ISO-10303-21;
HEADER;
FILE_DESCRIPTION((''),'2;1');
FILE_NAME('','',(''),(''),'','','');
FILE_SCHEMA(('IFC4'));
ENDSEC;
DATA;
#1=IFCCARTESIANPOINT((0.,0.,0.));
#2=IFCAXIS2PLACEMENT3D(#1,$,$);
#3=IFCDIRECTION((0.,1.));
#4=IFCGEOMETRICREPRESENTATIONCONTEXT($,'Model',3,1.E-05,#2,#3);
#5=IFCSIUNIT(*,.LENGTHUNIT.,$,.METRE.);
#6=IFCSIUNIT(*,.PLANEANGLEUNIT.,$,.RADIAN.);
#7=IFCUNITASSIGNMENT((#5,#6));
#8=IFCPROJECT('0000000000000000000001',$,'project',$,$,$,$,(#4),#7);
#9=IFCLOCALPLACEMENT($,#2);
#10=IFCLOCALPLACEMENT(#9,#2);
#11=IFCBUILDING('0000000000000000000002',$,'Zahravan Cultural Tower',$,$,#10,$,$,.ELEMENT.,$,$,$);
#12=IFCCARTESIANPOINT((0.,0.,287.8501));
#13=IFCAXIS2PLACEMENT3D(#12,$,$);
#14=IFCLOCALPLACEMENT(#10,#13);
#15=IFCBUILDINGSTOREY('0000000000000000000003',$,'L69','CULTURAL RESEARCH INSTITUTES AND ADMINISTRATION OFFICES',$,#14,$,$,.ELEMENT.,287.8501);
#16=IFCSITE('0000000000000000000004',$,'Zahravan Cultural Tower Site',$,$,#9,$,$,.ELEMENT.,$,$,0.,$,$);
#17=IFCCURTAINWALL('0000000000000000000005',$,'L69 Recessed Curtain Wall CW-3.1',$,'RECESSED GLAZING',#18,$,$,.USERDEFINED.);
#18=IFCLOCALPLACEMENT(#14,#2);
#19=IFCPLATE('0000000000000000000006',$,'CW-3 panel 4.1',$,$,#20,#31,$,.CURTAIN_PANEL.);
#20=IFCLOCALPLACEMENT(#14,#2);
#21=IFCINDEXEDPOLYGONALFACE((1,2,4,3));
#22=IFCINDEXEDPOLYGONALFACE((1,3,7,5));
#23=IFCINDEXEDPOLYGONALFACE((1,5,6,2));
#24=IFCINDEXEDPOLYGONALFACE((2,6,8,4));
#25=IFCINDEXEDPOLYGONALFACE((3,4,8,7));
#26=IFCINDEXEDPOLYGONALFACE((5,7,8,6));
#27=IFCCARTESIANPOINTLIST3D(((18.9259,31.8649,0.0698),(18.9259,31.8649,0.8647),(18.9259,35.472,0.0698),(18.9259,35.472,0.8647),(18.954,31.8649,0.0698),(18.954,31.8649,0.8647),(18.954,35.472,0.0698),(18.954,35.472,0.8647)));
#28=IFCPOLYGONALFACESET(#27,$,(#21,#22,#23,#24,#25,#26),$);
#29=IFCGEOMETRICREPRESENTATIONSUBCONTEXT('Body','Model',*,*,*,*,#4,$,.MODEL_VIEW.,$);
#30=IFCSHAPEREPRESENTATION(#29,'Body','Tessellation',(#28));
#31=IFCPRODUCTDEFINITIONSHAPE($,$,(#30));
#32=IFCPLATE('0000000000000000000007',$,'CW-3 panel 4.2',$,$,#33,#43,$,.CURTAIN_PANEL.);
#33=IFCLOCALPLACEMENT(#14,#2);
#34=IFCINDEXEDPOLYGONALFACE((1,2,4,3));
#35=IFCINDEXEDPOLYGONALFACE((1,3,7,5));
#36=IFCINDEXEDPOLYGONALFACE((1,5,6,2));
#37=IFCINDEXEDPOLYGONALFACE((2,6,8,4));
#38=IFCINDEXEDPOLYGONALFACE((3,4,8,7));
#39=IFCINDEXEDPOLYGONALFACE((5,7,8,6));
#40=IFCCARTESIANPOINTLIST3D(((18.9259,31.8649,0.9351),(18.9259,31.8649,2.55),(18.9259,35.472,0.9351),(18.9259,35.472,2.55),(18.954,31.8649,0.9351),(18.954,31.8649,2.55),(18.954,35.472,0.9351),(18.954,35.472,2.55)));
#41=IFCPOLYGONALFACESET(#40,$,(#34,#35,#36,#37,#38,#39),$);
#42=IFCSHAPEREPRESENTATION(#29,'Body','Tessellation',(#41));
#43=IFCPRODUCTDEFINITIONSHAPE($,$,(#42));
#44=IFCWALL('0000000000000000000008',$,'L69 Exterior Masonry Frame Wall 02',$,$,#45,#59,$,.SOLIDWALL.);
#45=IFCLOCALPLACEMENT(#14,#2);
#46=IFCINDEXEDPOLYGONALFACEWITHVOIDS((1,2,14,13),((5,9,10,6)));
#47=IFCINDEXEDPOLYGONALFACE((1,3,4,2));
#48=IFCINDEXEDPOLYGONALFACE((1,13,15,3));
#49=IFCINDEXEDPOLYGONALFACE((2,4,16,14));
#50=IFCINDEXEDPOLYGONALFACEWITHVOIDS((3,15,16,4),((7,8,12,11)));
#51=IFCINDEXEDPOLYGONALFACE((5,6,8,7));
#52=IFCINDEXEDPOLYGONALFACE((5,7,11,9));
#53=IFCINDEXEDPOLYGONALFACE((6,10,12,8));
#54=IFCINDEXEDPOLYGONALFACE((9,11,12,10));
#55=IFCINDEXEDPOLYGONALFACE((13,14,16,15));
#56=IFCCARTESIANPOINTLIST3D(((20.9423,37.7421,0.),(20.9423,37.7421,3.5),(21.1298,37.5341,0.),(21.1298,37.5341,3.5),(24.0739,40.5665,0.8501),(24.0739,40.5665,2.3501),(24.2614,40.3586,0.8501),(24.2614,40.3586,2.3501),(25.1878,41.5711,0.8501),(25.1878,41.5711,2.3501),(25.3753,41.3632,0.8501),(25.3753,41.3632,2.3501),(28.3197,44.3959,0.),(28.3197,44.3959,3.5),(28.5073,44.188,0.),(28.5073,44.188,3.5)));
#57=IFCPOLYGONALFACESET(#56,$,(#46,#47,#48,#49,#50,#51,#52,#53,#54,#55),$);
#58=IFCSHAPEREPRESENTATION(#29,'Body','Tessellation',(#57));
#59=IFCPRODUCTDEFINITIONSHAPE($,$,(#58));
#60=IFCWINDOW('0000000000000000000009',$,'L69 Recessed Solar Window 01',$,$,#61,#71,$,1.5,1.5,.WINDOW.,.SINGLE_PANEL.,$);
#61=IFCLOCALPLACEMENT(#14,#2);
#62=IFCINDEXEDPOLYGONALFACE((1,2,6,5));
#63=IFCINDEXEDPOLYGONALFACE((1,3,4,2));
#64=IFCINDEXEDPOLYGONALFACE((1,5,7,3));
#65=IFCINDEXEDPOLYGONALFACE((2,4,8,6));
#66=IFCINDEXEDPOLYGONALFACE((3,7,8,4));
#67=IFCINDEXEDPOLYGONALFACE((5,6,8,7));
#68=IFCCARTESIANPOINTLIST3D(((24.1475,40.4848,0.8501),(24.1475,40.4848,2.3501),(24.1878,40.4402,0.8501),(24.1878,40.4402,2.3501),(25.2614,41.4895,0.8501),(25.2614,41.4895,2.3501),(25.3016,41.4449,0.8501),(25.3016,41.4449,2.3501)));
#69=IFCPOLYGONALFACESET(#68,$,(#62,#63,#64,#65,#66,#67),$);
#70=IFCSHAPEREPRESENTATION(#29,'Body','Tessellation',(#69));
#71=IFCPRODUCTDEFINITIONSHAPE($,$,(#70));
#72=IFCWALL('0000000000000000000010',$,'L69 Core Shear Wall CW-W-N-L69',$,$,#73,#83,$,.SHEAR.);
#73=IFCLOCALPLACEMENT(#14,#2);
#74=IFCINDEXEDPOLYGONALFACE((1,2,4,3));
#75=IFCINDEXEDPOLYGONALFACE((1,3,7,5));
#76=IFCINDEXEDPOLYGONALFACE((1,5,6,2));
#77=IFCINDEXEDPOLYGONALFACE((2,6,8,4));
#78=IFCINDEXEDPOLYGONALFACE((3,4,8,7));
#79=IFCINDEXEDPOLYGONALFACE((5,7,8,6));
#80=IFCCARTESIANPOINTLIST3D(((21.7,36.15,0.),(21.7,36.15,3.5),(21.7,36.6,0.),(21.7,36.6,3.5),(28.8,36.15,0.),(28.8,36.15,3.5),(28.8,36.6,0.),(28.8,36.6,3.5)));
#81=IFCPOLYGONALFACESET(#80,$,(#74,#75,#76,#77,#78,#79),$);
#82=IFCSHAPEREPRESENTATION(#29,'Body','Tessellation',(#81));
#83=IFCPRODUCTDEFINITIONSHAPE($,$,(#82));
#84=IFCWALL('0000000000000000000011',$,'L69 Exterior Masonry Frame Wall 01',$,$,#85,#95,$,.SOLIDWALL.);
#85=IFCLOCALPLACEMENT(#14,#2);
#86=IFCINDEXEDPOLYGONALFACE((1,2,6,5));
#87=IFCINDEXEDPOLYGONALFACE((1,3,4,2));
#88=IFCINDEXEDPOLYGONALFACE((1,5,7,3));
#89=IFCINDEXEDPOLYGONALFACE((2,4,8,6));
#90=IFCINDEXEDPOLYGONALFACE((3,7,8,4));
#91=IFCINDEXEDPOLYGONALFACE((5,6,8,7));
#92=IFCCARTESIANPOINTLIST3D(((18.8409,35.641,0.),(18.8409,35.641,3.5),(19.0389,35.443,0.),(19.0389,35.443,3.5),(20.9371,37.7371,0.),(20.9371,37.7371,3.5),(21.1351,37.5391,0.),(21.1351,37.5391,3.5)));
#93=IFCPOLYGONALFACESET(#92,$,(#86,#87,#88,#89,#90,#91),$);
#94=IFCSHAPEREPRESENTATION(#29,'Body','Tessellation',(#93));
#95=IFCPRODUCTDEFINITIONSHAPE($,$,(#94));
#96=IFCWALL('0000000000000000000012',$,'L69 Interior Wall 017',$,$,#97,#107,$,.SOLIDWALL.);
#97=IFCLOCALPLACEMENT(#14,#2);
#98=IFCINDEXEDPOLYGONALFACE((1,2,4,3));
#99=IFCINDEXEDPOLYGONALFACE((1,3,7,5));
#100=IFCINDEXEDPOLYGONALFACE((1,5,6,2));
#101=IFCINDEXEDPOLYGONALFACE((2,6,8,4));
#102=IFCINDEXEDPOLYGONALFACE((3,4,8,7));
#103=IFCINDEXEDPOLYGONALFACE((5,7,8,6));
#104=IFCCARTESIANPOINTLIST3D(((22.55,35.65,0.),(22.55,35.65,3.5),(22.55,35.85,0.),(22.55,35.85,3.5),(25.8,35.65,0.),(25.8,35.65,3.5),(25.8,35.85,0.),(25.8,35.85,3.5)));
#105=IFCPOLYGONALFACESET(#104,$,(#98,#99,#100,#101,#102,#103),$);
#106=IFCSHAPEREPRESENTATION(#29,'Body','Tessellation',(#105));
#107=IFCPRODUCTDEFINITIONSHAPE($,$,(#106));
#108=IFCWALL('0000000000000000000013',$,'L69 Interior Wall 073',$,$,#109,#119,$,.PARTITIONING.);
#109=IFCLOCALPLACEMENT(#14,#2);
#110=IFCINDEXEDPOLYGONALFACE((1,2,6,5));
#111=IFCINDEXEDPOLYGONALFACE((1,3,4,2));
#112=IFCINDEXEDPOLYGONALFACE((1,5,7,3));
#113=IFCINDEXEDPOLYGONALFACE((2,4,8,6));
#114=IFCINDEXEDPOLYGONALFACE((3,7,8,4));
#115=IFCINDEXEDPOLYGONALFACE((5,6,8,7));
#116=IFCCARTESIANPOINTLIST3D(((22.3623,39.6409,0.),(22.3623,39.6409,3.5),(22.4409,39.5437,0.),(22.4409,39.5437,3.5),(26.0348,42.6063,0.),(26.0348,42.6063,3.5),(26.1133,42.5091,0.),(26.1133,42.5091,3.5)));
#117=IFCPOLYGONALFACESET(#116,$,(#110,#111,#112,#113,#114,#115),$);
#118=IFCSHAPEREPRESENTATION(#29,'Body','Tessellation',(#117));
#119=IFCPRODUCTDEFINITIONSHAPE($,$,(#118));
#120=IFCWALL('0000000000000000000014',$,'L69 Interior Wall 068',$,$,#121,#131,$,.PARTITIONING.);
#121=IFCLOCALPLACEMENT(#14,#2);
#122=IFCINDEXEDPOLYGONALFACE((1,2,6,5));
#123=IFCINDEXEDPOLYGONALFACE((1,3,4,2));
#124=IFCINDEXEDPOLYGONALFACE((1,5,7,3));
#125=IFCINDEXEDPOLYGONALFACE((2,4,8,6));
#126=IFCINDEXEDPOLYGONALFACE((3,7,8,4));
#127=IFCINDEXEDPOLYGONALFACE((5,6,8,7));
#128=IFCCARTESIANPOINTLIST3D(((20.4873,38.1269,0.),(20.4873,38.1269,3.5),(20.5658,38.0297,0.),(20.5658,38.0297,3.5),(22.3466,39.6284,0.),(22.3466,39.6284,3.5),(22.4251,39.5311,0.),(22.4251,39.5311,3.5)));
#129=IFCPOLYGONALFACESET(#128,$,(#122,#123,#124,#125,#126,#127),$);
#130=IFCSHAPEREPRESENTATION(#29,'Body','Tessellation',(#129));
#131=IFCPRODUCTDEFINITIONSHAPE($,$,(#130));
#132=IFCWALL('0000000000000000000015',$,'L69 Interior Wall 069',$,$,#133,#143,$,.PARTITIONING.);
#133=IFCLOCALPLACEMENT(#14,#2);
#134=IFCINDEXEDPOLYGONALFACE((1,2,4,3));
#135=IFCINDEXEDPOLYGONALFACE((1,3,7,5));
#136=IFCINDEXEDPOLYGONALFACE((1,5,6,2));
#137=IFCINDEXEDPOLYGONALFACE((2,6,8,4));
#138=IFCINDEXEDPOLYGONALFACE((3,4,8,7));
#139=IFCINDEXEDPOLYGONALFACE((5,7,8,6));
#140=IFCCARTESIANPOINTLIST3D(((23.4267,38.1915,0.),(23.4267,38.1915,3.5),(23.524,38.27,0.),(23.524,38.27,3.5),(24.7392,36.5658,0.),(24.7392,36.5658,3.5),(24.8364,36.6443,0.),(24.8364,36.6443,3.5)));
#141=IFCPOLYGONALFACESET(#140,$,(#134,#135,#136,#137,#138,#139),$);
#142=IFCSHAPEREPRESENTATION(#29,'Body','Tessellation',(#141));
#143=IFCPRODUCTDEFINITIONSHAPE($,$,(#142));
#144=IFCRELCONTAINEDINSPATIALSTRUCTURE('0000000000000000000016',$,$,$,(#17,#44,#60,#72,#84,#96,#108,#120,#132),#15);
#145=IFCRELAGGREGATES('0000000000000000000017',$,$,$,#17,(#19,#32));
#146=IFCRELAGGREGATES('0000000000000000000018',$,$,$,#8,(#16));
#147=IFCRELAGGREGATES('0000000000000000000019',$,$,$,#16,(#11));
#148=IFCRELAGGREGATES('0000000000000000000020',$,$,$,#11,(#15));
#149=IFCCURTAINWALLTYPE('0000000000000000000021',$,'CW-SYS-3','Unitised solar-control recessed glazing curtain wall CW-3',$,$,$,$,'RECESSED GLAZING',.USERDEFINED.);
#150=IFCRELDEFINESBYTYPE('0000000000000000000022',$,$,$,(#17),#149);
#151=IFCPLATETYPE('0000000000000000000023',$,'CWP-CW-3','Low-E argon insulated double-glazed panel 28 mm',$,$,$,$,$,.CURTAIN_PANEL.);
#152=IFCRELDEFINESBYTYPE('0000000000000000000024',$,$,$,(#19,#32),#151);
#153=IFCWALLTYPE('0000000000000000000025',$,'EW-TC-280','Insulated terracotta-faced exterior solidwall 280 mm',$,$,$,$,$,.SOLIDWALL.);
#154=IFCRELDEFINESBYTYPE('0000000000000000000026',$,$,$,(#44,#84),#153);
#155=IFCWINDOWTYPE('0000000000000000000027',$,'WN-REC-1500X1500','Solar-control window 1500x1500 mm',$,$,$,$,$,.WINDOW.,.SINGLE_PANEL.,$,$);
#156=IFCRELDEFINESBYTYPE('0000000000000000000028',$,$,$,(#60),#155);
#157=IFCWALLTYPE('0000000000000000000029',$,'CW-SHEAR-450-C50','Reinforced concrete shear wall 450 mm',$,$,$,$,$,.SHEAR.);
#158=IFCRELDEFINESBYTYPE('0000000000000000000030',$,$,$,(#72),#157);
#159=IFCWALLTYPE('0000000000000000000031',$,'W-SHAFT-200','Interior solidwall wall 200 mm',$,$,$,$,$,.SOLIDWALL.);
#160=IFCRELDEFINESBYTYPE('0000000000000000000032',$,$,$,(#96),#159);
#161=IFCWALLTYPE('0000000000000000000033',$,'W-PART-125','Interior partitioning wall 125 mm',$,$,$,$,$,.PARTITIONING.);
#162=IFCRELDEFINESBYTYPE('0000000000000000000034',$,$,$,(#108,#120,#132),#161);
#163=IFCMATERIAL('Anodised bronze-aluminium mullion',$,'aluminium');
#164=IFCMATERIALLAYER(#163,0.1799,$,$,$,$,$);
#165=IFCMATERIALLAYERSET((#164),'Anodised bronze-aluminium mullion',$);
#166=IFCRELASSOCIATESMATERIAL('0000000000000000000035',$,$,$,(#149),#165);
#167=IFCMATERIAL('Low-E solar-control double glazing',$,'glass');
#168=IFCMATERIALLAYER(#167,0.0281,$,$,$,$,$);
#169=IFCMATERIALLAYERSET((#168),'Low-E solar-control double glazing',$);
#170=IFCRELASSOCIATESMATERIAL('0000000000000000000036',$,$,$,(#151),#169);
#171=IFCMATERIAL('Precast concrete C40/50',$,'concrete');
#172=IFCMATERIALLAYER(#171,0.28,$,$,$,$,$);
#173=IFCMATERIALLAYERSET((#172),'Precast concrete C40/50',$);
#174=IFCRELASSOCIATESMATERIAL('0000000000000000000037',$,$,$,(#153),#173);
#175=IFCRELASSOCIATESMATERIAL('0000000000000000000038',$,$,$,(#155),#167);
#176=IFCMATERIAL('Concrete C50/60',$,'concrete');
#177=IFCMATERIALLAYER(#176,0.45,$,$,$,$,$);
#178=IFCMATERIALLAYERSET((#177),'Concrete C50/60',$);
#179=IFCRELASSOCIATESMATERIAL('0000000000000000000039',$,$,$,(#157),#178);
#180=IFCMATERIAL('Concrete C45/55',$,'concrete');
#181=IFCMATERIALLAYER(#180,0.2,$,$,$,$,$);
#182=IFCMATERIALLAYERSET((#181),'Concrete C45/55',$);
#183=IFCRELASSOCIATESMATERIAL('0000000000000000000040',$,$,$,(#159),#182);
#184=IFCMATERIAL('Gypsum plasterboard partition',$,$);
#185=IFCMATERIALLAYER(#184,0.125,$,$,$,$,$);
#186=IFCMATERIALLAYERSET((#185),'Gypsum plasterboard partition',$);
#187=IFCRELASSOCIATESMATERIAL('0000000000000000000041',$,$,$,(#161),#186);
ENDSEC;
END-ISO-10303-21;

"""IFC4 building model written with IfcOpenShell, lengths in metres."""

from ifc_helpers import new_model, si_unit, direction, frame, frame_2d, origin, origin_2d, place, context, subcontext, project, spatial, rectangle, extrude, source, transform, mapped, material, layer, layer_set, type_object, element, fill, aggregate, save


model = new_model("IFC4")

# Units and contexts
model_context = context("Model", 3, precision=1e-05, world=origin(), true_north=direction((0.0, 1.0)))
body_context = subcontext(model_context, "Body", "Model", "MODEL_VIEW")
ifc_project = project(units=[si_unit("LENGTHUNIT", "METRE"), si_unit("PLANEANGLEUNIT", "RADIAN")], contexts=[model_context])

# Site, building, storey
site_placement = place(None, origin())
site = spatial("IfcSite", under=ifc_project, at=site_placement, Name="Zahravan Cultural Tower Site", CompositionType="ELEMENT", RefElevation=0.0)
building_placement = place(site_placement, origin())
building = spatial("IfcBuilding", under=site, at=building_placement, Name="Zahravan Cultural Tower", CompositionType="ELEMENT")
storey_placement = place(building_placement, frame((0.0, 0.0, 287.8501)))
storey = spatial("IfcBuildingStorey", under=building, at=storey_placement, Name="L69", Description="CULTURAL RESEARCH INSTITUTES AND ADMINISTRATION OFFICES", CompositionType="ELEMENT", Elevation=287.8501)

# Shared definitions
ifc_material_1 = material(Name="Concrete C50/60", Category="concrete")

# Curtain wall, plates
ifc_material_2 = material(Name="Anodised bronze-aluminium mullion", Category="aluminium")
ifc_layer_1 = layer(ifc_material_2, 0.1799)
ifc_layer_set_1 = layer_set([ifc_layer_1], Name="Anodised bronze-aluminium mullion")
curtain_wall_type = type_object("IfcCurtainWallType", Name="CW-SYS-3", Description="Unitised solar-control recessed glazing curtain wall CW-3", ElementType="RECESSED GLAZING", PredefinedType="USERDEFINED", material=ifc_layer_set_1)
curtain_wall_placement = place(storey_placement, origin())
curtain_wall = element("IfcCurtainWall", 1, at=curtain_wall_placement, inside=storey, type_object=curtain_wall_type, Name="L69 Recessed Curtain Wall CW-3.1", ObjectType="RECESSED GLAZING", PredefinedType="USERDEFINED")
ifc_material_3 = material(Name="Low-E solar-control double glazing", Category="glass")
ifc_layer_2 = layer(ifc_material_3, 0.0281)
ifc_layer_set_2 = layer_set([ifc_layer_2], Name="Low-E solar-control double glazing")
plate_type = type_object("IfcPlateType", Name="CWP-CW-3", Description="Low-E argon insulated double-glazed panel 28 mm", PredefinedType="CURTAIN_PANEL", material=ifc_layer_set_2)
shared_shape_1 = source(origin(), body_context, "Body", "SweptSolid", [
    extrude(rectangle(XDim=3.6072, YDim=0.0281, at=origin_2d()), origin(), (0.0, 0.0, 1.0), 0.7949),
])
plate_1_placement = place(storey_placement, frame((18.9399, 33.6685, 0.0698), z_axis=(0.0, 0.0, 1.0), x_axis=(0.0, 1.0, 0.0)))
plate_1 = element("IfcPlate", 2, at=plate_1_placement, type_object=plate_type, Name="CW-3 panel 4.1", PredefinedType="CURTAIN_PANEL", context=body_context, shape_type="MappedRepresentation", body=[
    mapped(shared_shape_1, transform((0.0, 0.0, 0.0), x_axis=(1.0, 0.0, 0.0), y_axis=(0.0, 1.0, 0.0), z_axis=(0.0, 0.0, 1.0), scale=1.0)),
])
shared_shape_2 = source(origin(), body_context, "Body", "SweptSolid", [
    extrude(rectangle(XDim=3.6072, YDim=0.0281, at=origin_2d()), origin(), (0.0, 0.0, 1.0), 1.615),
])
plate_2_placement = place(storey_placement, frame((18.9399, 33.6685, 0.9351), z_axis=(0.0, 0.0, 1.0), x_axis=(0.0, 1.0, 0.0)))
plate_2 = element("IfcPlate", 3, at=plate_2_placement, type_object=plate_type, Name="CW-3 panel 4.2", PredefinedType="CURTAIN_PANEL", context=body_context, shape_type="MappedRepresentation", body=[
    mapped(shared_shape_2, transform((0.0, 0.0, 0.0), x_axis=(1.0, 0.0, 0.0), y_axis=(0.0, 1.0, 0.0), z_axis=(0.0, 0.0, 1.0), scale=1.0)),
])
aggregate(curtain_wall, [plate_1, plate_2])

# Wall, opening, window
ifc_material_4 = material(Name="Precast concrete C40/50", Category="concrete")
ifc_layer_3 = layer(ifc_material_4, 0.28)
ifc_layer_set_3 = layer_set([ifc_layer_3], Name="Precast concrete C40/50")
wall_type_1 = type_object("IfcWallType", Name="EW-TC-280", Description="Insulated terracotta-faced exterior solidwall 280 mm", PredefinedType="SOLIDWALL", material=ifc_layer_set_3)
wall_1_placement = place(storey_placement, frame((21.0361, 37.6382, 0.0), z_axis=(0.0, 0.0, 1.0), x_axis=(0.742587, 0.669749, 0.0)))
wall_1 = element("IfcWall", 4, at=wall_1_placement, inside=storey, type_object=wall_type_1, Name="L69 Exterior Masonry Frame Wall 02", PredefinedType="SOLIDWALL", context=body_context, shape_type="SweptSolid", body=[
    extrude(rectangle(XDim=9.9348, YDim=0.28, at=frame_2d((4.9673, 0.0))), origin(), (0.0, 0.0, 1.0), 3.5),
])
opening_placement = place(wall_1_placement, frame((4.217, 0.0, 0.8501)))
opening = element("IfcOpeningElement", 5, at=opening_placement, cuts=wall_1, PredefinedType="OPENING", context=body_context, shape_type="SweptSolid", body=[
    extrude(rectangle(XDim=1.5, YDim=1.5, at=frame_2d((0.75, 0.75))), frame((0.0, 0.1499, 0.0), z_axis=(0.0, -1.0, 0.0), x_axis=(1.0, 0.0, 0.0)), (0.0, 0.0, 1.0), 0.3),
])
window_type = type_object("IfcWindowType", Name="WN-REC-1500X1500", Description="Solar-control window 1500x1500 mm", PartitioningType="SINGLE_PANEL", PredefinedType="WINDOW", material=ifc_material_3)
shared_shape_3 = source(origin(), body_context, "Body", "SweptSolid", [
    extrude(rectangle(XDim=1.5, YDim=1.5, at=frame_2d((0.75, 0.75))), frame((0.0, 0.03, 0.0), z_axis=(0.0, -1.0, 0.0), x_axis=(1.0, 0.0, 0.0)), (0.0, 0.0, 1.0), 0.0601),
])
window_placement = place(opening_placement, origin())
window = element("IfcWindow", 6, at=window_placement, inside=storey, type_object=window_type, Name="L69 Recessed Solar Window 01", OverallHeight=1.5, OverallWidth=1.5, PartitioningType="SINGLE_PANEL", PredefinedType="WINDOW", context=body_context, shape_type="MappedRepresentation", body=[
    mapped(shared_shape_3, transform((0.0, 0.0, 0.0), x_axis=(1.0, 0.0, 0.0), y_axis=(0.0, 1.0, 0.0), z_axis=(0.0, 0.0, 1.0), scale=1.0)),
])
fill(opening, window)

# Walls
ifc_layer_4 = layer(ifc_material_1, 0.45)
ifc_layer_set_4 = layer_set([ifc_layer_4], Name="Concrete C50/60")
wall_type_2 = type_object("IfcWallType", Name="CW-SHEAR-450-C50", Description="Reinforced concrete shear wall 450 mm", PredefinedType="SHEAR", material=ifc_layer_set_4)
shared_shape_4 = source(origin(), body_context, "Body", "SweptSolid", [
    extrude(rectangle(XDim=7.1001, YDim=0.45, at=frame_2d((3.55, 0.0))), origin(), (0.0, 0.0, 1.0), 3.5),
])
wall_2_placement = place(storey_placement, frame((21.7, 36.375, 0.0), z_axis=(0.0, 0.0, 1.0), x_axis=(1.0, 0.0, 0.0)))
element("IfcWall", 7, at=wall_2_placement, inside=storey, type_object=wall_type_2, Name="L69 Core Shear Wall CW-W-N-L69", PredefinedType="SHEAR", context=body_context, shape_type="MappedRepresentation", body=[
    mapped(shared_shape_4, transform((0.0, 0.0, 0.0), x_axis=(1.0, 0.0, 0.0), y_axis=(0.0, 1.0, 0.0), z_axis=(0.0, 0.0, 1.0), scale=1.0)),
])
shared_shape_5 = source(origin(), body_context, "Body", "SweptSolid", [
    extrude(rectangle(XDim=2.9644, YDim=0.28, at=frame_2d((1.4822, 0.0))), origin(), (0.0, 0.0, 1.0), 3.5),
])
wall_3_placement = place(storey_placement, frame((18.9399, 35.542, 0.0), z_axis=(0.0, 0.0, 1.0), x_axis=(0.707107, 0.707107, 0.0)))
element("IfcWall", 8, at=wall_3_placement, inside=storey, type_object=wall_type_1, Name="L69 Exterior Masonry Frame Wall 01", PredefinedType="SOLIDWALL", context=body_context, shape_type="MappedRepresentation", body=[
    mapped(shared_shape_5, transform((0.0, 0.0, 0.0), x_axis=(1.0, 0.0, 0.0), y_axis=(0.0, 1.0, 0.0), z_axis=(0.0, 0.0, 1.0), scale=1.0)),
])
ifc_material_5 = material(Name="Concrete C45/55", Category="concrete")
ifc_layer_5 = layer(ifc_material_5, 0.2)
ifc_layer_set_5 = layer_set([ifc_layer_5], Name="Concrete C45/55")
wall_type_3 = type_object("IfcWallType", Name="W-SHAFT-200", Description="Interior solidwall wall 200 mm", PredefinedType="SOLIDWALL", material=ifc_layer_set_5)
shared_shape_6 = source(origin(), body_context, "Body", "SweptSolid", [
    extrude(rectangle(XDim=3.25, YDim=0.2, at=frame_2d((1.625, 0.0))), origin(), (0.0, 0.0, 1.0), 3.5),
])
wall_4_placement = place(storey_placement, frame((22.55, 35.75, 0.0), z_axis=(0.0, 0.0, 1.0), x_axis=(1.0, 0.0, 0.0)))
element("IfcWall", 9, at=wall_4_placement, inside=storey, type_object=wall_type_3, Name="L69 Interior Wall 017", PredefinedType="SOLIDWALL", context=body_context, shape_type="MappedRepresentation", body=[
    mapped(shared_shape_6, transform((0.0, 0.0, 0.0), x_axis=(1.0, 0.0, 0.0), y_axis=(0.0, 1.0, 0.0), z_axis=(0.0, 0.0, 1.0), scale=1.0)),
])
ifc_material_6 = material(Name="Gypsum plasterboard partition")
ifc_layer_6 = layer(ifc_material_6, 0.125)
ifc_layer_set_6 = layer_set([ifc_layer_6], Name="Gypsum plasterboard partition")
wall_type_4 = type_object("IfcWallType", Name="W-PART-125", Description="Interior partitioning wall 125 mm", PredefinedType="PARTITIONING", material=ifc_layer_set_6)
shared_shape_7 = source(origin(), body_context, "Body", "SweptSolid", [
    extrude(rectangle(XDim=4.7202, YDim=0.125, at=frame_2d((2.3601, 0.0))), origin(), (0.0, 0.0, 1.0), 3.5),
])
wall_5_placement = place(storey_placement, frame((22.4016, 39.5923, 0.0), z_axis=(0.0, 0.0, 1.0), x_axis=(0.778025, 0.628234, 0.0)))
element("IfcWall", 10, at=wall_5_placement, inside=storey, type_object=wall_type_4, Name="L69 Interior Wall 073", PredefinedType="PARTITIONING", context=body_context, shape_type="MappedRepresentation", body=[
    mapped(shared_shape_7, transform((0.0, 0.0, 0.0), x_axis=(1.0, 0.0, 0.0), y_axis=(0.0, 1.0, 0.0), z_axis=(0.0, 0.0, 1.0), scale=1.0)),
])
shared_shape_8 = source(origin(), body_context, "Body", "SweptSolid", [
    extrude(rectangle(XDim=2.3899, YDim=0.125, at=frame_2d((1.1948, 0.0))), origin(), (0.0, 0.0, 1.0), 3.5),
])
wall_6_placement = place(storey_placement, frame((20.5266, 38.0784, 0.0), z_axis=(0.0, 0.0, 1.0), x_axis=(0.77801, 0.628252, 0.0)))
element("IfcWall", 11, at=wall_6_placement, inside=storey, type_object=wall_type_4, Name="L69 Interior Wall 068", PredefinedType="PARTITIONING", context=body_context, shape_type="MappedRepresentation", body=[
    mapped(shared_shape_8, transform((0.0, 0.0, 0.0), x_axis=(1.0, 0.0, 0.0), y_axis=(0.0, 1.0, 0.0), z_axis=(0.0, 0.0, 1.0), scale=1.0)),
])
shared_shape_9 = source(origin(), body_context, "Body", "SweptSolid", [
    extrude(rectangle(XDim=2.0894, YDim=0.125, at=frame_2d((1.0447, 0.0))), origin(), (0.0, 0.0, 1.0), 3.5),
])
wall_7_placement = place(storey_placement, frame((23.4753, 38.2307, 0.0), z_axis=(0.0, 0.0, 1.0), x_axis=(0.628166, -0.77808, 0.0)))
element("IfcWall", 12, at=wall_7_placement, inside=storey, type_object=wall_type_4, Name="L69 Interior Wall 069", PredefinedType="PARTITIONING", context=body_context, shape_type="MappedRepresentation", body=[
    mapped(shared_shape_9, transform((0.0, 0.0, 0.0), x_axis=(1.0, 0.0, 0.0), y_axis=(0.0, 1.0, 0.0), z_axis=(0.0, 0.0, 1.0), scale=1.0)),
])

save(model, "model.ifc")
